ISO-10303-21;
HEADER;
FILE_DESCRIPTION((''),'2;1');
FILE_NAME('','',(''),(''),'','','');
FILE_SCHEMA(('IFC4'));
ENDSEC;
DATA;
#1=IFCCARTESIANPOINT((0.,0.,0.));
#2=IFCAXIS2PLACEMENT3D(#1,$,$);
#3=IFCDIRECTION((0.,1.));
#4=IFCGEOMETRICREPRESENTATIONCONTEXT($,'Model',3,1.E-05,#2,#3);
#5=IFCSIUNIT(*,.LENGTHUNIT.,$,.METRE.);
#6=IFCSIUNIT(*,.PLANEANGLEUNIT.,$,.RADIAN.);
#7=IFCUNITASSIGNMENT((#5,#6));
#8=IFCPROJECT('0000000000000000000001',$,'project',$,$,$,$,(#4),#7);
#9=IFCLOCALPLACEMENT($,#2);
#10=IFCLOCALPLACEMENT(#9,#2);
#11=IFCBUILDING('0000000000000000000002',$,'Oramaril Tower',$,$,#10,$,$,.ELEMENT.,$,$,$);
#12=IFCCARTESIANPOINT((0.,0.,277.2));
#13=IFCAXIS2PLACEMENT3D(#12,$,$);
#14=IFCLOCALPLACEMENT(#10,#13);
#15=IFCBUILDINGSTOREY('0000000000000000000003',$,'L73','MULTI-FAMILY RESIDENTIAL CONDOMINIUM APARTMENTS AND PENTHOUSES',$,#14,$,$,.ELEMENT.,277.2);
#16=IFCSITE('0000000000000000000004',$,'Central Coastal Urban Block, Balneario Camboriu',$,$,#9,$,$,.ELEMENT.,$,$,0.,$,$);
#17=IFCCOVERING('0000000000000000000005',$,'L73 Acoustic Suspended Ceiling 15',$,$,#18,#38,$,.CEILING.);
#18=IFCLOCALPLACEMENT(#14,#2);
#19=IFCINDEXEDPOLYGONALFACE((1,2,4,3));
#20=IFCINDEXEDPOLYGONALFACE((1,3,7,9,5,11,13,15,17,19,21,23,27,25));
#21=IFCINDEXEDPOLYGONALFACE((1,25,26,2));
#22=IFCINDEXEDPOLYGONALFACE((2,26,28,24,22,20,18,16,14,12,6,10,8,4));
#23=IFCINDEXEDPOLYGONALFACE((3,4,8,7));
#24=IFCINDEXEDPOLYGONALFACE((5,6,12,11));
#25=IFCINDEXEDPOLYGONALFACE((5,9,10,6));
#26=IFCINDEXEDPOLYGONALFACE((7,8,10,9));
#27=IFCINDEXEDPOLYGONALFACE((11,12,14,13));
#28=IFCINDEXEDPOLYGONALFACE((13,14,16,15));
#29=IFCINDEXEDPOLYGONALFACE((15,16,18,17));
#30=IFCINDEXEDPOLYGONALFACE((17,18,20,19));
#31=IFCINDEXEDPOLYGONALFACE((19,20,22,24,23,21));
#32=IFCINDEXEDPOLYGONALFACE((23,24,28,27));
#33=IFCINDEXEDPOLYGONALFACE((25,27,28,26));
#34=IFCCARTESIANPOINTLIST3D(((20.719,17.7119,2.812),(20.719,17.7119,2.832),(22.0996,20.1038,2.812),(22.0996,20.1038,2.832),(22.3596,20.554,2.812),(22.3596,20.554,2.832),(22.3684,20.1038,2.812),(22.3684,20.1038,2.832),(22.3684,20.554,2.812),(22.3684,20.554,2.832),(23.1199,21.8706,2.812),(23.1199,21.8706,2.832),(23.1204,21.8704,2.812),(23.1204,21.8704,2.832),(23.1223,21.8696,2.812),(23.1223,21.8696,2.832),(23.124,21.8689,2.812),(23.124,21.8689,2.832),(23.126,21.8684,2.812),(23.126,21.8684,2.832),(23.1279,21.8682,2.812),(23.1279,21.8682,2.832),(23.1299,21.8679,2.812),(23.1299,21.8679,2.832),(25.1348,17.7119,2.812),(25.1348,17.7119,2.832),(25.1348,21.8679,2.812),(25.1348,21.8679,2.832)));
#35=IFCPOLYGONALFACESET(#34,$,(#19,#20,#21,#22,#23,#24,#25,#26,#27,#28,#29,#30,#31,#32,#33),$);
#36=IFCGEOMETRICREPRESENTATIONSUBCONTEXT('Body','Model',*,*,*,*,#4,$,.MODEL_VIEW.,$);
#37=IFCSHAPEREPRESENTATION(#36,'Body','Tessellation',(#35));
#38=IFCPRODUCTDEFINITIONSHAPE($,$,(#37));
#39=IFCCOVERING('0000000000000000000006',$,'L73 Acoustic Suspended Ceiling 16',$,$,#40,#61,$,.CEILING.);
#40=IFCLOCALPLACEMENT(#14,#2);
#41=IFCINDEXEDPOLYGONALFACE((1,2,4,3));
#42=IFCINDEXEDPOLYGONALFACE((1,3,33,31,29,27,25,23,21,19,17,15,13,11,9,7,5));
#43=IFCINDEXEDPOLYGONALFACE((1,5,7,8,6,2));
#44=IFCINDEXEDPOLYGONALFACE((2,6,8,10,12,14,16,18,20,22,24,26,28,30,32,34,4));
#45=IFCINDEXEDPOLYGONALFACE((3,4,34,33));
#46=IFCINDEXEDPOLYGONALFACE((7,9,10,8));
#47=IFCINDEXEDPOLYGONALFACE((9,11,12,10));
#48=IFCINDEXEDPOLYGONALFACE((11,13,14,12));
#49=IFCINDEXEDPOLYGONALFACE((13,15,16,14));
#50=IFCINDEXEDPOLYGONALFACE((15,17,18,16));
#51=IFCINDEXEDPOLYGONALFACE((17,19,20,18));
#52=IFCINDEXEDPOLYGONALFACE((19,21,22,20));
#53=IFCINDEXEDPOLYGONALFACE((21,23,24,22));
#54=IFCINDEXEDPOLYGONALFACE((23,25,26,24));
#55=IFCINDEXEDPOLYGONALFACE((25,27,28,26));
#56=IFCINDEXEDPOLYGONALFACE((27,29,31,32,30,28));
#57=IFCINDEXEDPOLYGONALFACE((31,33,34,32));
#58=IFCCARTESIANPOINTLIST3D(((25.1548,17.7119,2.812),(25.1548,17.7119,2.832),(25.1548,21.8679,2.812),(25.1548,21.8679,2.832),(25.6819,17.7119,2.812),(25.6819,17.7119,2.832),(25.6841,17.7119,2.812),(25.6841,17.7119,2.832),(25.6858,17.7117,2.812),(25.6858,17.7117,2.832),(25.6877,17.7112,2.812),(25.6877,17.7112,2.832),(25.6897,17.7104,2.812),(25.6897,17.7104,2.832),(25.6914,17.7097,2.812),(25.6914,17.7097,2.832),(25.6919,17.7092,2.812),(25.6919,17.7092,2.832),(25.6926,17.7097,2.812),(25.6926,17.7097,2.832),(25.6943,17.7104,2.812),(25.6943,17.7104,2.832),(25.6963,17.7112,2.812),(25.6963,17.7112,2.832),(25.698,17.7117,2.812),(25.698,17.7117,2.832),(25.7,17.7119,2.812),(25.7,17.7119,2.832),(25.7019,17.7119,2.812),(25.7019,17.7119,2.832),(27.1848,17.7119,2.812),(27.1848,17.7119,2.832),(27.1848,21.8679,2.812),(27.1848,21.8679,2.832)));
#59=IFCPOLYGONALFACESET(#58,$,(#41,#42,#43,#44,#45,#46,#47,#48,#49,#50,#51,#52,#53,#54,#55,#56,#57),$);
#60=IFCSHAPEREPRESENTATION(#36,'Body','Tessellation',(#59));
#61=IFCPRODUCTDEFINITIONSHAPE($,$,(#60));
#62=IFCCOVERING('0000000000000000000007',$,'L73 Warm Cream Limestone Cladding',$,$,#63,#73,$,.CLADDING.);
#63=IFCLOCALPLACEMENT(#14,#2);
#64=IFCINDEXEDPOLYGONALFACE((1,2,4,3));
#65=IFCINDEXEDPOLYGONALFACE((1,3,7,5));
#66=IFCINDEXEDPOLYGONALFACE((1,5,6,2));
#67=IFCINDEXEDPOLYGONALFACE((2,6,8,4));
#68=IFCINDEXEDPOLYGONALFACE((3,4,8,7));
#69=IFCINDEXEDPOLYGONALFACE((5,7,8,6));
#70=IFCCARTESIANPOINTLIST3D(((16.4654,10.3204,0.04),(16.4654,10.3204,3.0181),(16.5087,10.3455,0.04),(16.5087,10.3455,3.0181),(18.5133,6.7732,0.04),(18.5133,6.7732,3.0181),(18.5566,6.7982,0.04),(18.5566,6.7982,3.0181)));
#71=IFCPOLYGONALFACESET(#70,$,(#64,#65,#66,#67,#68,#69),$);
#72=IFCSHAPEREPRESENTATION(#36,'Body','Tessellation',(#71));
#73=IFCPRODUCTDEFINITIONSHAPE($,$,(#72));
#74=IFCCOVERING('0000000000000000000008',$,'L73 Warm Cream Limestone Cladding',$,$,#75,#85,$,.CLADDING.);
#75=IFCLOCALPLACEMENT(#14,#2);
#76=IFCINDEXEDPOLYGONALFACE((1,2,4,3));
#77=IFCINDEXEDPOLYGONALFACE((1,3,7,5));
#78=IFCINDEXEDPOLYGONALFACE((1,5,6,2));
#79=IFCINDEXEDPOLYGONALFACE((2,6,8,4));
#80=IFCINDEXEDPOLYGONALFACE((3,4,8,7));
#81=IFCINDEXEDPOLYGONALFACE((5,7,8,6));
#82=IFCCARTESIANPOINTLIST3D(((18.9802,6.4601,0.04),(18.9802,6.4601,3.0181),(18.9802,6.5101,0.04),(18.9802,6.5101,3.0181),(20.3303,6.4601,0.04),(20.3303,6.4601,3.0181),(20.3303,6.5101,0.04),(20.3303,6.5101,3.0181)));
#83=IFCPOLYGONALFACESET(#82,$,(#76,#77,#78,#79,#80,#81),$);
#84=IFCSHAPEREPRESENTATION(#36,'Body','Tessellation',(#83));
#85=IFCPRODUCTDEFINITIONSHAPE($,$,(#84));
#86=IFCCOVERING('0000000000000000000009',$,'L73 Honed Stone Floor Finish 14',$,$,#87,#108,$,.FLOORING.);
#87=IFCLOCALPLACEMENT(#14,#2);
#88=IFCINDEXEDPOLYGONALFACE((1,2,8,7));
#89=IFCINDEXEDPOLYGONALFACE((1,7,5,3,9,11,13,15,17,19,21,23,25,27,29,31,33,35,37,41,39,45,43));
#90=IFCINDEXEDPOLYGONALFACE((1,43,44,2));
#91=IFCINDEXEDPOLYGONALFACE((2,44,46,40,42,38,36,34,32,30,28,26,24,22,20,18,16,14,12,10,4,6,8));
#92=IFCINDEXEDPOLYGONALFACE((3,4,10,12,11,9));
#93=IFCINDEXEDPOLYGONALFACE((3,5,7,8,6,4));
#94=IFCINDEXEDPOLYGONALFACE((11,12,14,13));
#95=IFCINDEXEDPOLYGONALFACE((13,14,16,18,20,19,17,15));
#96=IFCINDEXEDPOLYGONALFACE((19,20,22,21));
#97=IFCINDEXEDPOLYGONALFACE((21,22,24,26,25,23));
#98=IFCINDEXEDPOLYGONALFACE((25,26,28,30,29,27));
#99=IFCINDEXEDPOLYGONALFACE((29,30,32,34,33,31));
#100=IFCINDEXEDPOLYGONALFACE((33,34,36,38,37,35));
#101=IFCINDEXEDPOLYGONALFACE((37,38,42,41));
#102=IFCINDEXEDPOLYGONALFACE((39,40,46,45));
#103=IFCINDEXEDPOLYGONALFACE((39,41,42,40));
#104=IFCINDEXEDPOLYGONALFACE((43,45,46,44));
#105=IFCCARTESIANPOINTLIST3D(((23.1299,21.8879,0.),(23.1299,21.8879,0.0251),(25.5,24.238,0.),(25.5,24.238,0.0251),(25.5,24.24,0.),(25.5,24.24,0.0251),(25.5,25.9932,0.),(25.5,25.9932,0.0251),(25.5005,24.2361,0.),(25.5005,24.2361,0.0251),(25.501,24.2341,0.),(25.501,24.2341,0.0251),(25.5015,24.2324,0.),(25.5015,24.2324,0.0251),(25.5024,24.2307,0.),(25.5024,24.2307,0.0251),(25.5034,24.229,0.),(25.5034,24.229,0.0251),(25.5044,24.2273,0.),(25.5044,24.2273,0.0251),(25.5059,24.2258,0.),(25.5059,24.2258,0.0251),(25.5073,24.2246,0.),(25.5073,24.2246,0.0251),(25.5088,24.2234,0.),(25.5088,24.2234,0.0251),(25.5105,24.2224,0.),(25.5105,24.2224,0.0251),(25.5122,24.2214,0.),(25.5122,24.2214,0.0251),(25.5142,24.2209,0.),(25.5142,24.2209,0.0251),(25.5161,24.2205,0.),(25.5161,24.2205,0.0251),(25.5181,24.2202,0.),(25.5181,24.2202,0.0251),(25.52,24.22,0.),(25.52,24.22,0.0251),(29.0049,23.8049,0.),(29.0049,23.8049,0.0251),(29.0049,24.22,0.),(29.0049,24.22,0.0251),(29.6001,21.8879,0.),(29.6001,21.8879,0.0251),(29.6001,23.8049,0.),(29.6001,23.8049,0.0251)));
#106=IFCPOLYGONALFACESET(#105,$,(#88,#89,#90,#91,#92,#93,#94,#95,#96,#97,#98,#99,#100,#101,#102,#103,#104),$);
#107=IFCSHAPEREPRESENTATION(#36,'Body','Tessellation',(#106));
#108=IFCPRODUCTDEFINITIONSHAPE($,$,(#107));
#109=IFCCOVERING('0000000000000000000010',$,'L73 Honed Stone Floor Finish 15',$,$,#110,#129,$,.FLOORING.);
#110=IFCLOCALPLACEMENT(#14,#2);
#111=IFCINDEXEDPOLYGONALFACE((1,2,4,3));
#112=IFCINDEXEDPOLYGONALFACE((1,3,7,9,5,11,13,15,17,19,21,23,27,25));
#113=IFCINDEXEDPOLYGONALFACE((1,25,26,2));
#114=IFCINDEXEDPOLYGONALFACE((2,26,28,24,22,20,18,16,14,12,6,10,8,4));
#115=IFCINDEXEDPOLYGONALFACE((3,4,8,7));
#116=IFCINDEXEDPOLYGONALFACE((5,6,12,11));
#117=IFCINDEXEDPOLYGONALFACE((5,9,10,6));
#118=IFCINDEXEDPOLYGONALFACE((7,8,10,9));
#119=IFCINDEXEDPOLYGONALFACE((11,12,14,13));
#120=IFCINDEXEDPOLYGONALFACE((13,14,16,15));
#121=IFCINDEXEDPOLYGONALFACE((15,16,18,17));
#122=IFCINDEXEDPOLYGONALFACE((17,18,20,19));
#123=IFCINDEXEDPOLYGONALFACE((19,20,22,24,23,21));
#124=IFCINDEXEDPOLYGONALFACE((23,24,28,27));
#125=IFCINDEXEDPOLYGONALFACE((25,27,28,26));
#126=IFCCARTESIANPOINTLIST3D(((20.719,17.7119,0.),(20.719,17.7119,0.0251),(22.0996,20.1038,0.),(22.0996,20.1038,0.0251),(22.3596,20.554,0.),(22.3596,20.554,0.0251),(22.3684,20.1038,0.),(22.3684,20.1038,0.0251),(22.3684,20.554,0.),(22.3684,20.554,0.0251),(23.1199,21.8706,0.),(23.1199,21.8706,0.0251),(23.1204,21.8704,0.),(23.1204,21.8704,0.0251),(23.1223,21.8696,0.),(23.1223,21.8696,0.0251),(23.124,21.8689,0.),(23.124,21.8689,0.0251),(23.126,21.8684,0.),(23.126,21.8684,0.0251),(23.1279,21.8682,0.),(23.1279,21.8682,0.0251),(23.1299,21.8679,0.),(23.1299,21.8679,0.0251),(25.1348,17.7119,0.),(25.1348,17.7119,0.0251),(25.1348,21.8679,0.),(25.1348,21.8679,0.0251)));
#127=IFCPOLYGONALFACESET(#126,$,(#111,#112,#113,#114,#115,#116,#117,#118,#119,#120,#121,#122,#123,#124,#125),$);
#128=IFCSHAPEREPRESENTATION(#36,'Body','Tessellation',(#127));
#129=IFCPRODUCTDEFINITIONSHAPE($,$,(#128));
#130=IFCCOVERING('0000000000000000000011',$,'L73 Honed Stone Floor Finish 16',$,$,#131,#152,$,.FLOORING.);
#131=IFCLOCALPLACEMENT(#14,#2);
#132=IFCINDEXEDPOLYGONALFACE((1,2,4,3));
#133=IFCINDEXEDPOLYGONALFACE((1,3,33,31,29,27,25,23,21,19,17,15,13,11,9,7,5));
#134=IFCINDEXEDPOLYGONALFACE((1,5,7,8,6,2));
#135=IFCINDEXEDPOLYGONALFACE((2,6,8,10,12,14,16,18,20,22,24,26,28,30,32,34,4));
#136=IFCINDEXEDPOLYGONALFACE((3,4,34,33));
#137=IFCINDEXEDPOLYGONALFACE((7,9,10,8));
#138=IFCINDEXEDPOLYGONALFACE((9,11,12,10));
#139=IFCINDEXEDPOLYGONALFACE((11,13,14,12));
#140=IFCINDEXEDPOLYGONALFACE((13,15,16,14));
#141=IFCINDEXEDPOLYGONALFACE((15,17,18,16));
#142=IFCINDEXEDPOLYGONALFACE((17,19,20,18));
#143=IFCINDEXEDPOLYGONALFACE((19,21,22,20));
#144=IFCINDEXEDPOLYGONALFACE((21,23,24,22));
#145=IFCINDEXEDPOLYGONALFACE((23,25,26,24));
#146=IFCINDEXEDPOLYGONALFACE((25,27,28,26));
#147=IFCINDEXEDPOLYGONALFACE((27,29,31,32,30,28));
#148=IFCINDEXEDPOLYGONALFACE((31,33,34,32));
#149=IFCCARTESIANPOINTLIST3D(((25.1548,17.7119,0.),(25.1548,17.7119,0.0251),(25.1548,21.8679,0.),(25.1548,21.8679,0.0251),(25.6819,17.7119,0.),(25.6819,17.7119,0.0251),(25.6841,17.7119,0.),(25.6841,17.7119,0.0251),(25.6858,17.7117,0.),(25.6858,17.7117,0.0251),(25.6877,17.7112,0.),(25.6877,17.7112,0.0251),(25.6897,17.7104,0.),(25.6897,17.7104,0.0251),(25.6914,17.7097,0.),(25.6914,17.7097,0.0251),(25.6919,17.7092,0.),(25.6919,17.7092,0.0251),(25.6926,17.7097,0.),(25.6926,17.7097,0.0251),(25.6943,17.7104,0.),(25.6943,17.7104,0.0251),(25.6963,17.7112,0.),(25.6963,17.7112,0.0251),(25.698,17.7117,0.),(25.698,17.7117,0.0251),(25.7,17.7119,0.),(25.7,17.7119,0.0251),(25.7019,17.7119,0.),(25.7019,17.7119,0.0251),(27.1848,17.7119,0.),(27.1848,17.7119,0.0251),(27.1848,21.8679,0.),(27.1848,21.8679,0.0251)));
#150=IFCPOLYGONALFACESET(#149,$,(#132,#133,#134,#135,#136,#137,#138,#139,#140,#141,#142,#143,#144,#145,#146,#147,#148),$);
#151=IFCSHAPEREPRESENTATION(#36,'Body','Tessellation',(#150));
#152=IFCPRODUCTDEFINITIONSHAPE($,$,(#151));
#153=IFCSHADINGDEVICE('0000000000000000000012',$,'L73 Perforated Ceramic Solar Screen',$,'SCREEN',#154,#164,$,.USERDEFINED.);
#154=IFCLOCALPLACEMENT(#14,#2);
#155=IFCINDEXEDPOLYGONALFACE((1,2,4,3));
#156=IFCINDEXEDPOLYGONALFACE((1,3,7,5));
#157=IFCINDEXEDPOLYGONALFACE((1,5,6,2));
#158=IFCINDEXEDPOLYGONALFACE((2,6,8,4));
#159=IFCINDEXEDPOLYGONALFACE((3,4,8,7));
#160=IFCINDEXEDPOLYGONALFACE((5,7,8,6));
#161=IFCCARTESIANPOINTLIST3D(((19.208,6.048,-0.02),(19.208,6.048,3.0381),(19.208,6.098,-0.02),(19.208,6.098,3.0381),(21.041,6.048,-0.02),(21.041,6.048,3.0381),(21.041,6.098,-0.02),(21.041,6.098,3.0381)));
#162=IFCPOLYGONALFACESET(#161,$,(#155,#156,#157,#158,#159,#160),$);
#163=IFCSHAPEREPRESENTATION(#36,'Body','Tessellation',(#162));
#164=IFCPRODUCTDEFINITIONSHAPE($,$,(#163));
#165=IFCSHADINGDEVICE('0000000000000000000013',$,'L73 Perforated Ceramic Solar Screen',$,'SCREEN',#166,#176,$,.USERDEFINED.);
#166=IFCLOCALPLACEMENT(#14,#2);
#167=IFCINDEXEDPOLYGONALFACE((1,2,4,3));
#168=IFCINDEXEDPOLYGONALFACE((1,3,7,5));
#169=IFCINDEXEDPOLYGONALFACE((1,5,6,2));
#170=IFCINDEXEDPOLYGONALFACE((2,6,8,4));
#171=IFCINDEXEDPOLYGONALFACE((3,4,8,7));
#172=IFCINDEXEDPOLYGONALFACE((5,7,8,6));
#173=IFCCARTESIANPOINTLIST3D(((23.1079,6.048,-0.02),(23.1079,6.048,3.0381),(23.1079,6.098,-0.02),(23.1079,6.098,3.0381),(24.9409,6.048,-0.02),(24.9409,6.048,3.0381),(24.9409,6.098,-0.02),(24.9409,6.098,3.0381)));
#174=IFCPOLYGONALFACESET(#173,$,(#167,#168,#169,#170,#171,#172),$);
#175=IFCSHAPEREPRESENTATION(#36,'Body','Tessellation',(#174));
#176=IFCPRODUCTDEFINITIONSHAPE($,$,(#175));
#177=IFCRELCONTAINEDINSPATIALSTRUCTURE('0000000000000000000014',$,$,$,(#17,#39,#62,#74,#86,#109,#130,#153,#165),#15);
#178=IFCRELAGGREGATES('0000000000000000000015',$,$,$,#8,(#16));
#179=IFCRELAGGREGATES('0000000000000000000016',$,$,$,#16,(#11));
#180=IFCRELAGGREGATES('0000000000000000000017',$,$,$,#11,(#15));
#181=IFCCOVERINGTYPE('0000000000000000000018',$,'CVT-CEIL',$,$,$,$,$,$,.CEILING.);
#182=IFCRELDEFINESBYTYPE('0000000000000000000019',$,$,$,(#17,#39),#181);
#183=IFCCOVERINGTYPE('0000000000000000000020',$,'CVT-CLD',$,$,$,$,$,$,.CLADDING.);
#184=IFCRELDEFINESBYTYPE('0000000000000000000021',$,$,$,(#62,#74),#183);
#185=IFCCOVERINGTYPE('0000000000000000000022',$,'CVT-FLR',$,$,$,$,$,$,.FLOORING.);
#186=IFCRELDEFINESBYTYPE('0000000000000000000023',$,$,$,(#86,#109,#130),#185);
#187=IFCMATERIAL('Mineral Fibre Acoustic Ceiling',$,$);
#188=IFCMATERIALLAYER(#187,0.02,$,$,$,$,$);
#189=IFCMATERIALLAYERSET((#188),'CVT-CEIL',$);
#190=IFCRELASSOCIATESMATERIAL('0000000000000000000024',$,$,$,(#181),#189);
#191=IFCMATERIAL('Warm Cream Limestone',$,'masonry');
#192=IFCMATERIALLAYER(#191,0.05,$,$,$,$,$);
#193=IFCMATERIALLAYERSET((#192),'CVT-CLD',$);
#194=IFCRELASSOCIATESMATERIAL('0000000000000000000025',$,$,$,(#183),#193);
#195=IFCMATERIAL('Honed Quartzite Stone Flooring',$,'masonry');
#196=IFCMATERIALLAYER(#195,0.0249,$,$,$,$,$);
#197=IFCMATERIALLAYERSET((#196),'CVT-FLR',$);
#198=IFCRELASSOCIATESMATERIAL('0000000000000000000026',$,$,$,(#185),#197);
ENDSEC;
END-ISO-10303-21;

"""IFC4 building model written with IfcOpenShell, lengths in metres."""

from ifc_helpers import new_model, si_unit, direction, frame, origin, origin_2d, place, context, subcontext, project, spatial, polyline, rectangle, outline, extrude, material, layer, layer_set, type_object, element, save


model = new_model("IFC4")

# Units and contexts
model_context = context("Model", 3, precision=1e-05, world=origin(), true_north=direction((0.0, 1.0)))
body_context = subcontext(model_context, "Body", "Model", "MODEL_VIEW")
ifc_project = project(units=[si_unit("LENGTHUNIT", "METRE"), si_unit("PLANEANGLEUNIT", "RADIAN")], contexts=[model_context])

# Site, building, storey
site_placement = place(None, origin())
site = spatial("IfcSite", under=ifc_project, at=site_placement, Name="Central Coastal Urban Block, Balneario Camboriu", CompositionType="ELEMENT", RefElevation=0.0)
building_placement = place(site_placement, origin())
building = spatial("IfcBuilding", under=site, at=building_placement, Name="Oramaril Tower", CompositionType="ELEMENT")
storey_placement = place(building_placement, frame((0.0, 0.0, 277.2)))
storey = spatial("IfcBuildingStorey", under=building, at=storey_placement, Name="L73", Description="MULTI-FAMILY RESIDENTIAL CONDOMINIUM APARTMENTS AND PENTHOUSES", CompositionType="ELEMENT", Elevation=277.2)

# Coverings
ifc_material_1 = material(Name="Mineral Fibre Acoustic Ceiling")
ifc_layer_1 = layer(ifc_material_1, 0.02)
ifc_layer_set_1 = layer_set([ifc_layer_1], Name="CVT-CEIL")
covering_type_1 = type_object("IfcCoveringType", Name="CVT-CEIL", PredefinedType="CEILING", material=ifc_layer_set_1)
covering_1_placement = place(storey_placement, frame((0.0, 0.0, 2.812)))
element("IfcCovering", 1, at=covering_1_placement, inside=storey, type_object=covering_type_1, Name="L73 Acoustic Suspended Ceiling 15", PredefinedType="CEILING", context=body_context, shape_type="SweptSolid", body=[
    extrude(outline(polyline([(22.3684, 20.1038), (22.3684, 20.554), (22.3596, 20.554), (23.1199, 21.8706), (23.1204, 21.8704), (23.1223, 21.8696), (23.124, 21.8689), (23.126, 21.8684), (23.1279, 21.8682), (23.1299, 21.8679), (25.1348, 21.8679), (25.1348, 17.7119), (20.719, 17.7119), (22.0996, 20.1038), (22.3684, 20.1038)])), origin(), (0.0, 0.0, 1.0), 0.02),
])
covering_2_placement = place(storey_placement, frame((0.0, 0.0, 2.812)))
element("IfcCovering", 2, at=covering_2_placement, inside=storey, type_object=covering_type_1, Name="L73 Acoustic Suspended Ceiling 16", PredefinedType="CEILING", context=body_context, shape_type="SweptSolid", body=[
    extrude(outline(polyline([(27.1848, 17.7119), (25.7019, 17.7119), (25.7, 17.7119), (25.698, 17.7117), (25.6963, 17.7112), (25.6943, 17.7104), (25.6926, 17.7097), (25.6919, 17.7092), (25.6914, 17.7097), (25.6897, 17.7104), (25.6877, 17.7112), (25.6858, 17.7117), (25.6841, 17.7119), (25.6819, 17.7119), (25.1548, 17.7119), (25.1548, 21.8679), (27.1848, 21.8679), (27.1848, 17.7119)])), origin(), (0.0, 0.0, 1.0), 0.02),
])
ifc_material_2 = material(Name="Warm Cream Limestone", Category="masonry")
ifc_layer_2 = layer(ifc_material_2, 0.05)
ifc_layer_set_2 = layer_set([ifc_layer_2], Name="CVT-CLD")
covering_type_2 = type_object("IfcCoveringType", Name="CVT-CLD", PredefinedType="CLADDING", material=ifc_layer_set_2)
covering_3_placement = place(storey_placement, frame((17.511, 8.5593, 0.04), z_axis=(0.0, 0.0, 1.0), x_axis=(0.499979, -0.866038, 0.0)))
element("IfcCovering", 3, at=covering_3_placement, inside=storey, type_object=covering_type_2, Name="L73 Warm Cream Limestone Cladding", PredefinedType="CLADDING", context=body_context, shape_type="SweptSolid", body=[
    extrude(rectangle(XDim=4.0959, YDim=0.05, at=origin_2d()), origin(), (0.0, 0.0, 1.0), 2.978),
])
covering_4_placement = place(storey_placement, frame((19.6553, 6.4851, 0.04), z_axis=(0.0, 0.0, 1.0), x_axis=(1.0, 0.0, 0.0)))
element("IfcCovering", 4, at=covering_4_placement, inside=storey, type_object=covering_type_2, Name="L73 Warm Cream Limestone Cladding", PredefinedType="CLADDING", context=body_context, shape_type="SweptSolid", body=[
    extrude(rectangle(XDim=1.3501, YDim=0.05, at=origin_2d()), origin(), (0.0, 0.0, 1.0), 2.978),
])
ifc_material_3 = material(Name="Honed Quartzite Stone Flooring", Category="masonry")
ifc_layer_3 = layer(ifc_material_3, 0.0249)
ifc_layer_set_3 = layer_set([ifc_layer_3], Name="CVT-FLR")
covering_type_3 = type_object("IfcCoveringType", Name="CVT-FLR", PredefinedType="FLOORING", material=ifc_layer_set_3)
covering_5_placement = place(storey_placement, origin())
element("IfcCovering", 5, at=covering_5_placement, inside=storey, type_object=covering_type_3, Name="L73 Honed Stone Floor Finish 14", PredefinedType="FLOORING", context=body_context, shape_type="SweptSolid", body=[
    extrude(outline(polyline([(29.0049, 23.8049), (29.6001, 23.8049), (29.6001, 21.8879), (23.1299, 21.8879), (25.5, 25.9932), (25.5, 24.24), (25.5, 24.238), (25.5005, 24.2361), (25.501, 24.2341), (25.5015, 24.2324), (25.5024, 24.2307), (25.5034, 24.229), (25.5044, 24.2273), (25.5059, 24.2258), (25.5073, 24.2246), (25.5088, 24.2234), (25.5105, 24.2224), (25.5122, 24.2214), (25.5142, 24.2209), (25.5161, 24.2205), (25.5181, 24.2202), (25.52, 24.22), (29.0049, 24.22), (29.0049, 23.8049)])), origin(), (0.0, 0.0, 1.0), 0.0251),
])
covering_6_placement = place(storey_placement, origin())
element("IfcCovering", 6, at=covering_6_placement, inside=storey, type_object=covering_type_3, Name="L73 Honed Stone Floor Finish 15", PredefinedType="FLOORING", context=body_context, shape_type="SweptSolid", body=[
    extrude(outline(polyline([(22.3684, 20.1038), (22.3684, 20.554), (22.3596, 20.554), (23.1199, 21.8706), (23.1204, 21.8704), (23.1223, 21.8696), (23.124, 21.8689), (23.126, 21.8684), (23.1279, 21.8682), (23.1299, 21.8679), (25.1348, 21.8679), (25.1348, 17.7119), (20.719, 17.7119), (22.0996, 20.1038), (22.3684, 20.1038)])), origin(), (0.0, 0.0, 1.0), 0.0251),
])
covering_7_placement = place(storey_placement, origin())
element("IfcCovering", 7, at=covering_7_placement, inside=storey, type_object=covering_type_3, Name="L73 Honed Stone Floor Finish 16", PredefinedType="FLOORING", context=body_context, shape_type="SweptSolid", body=[
    extrude(outline(polyline([(27.1848, 17.7119), (25.7019, 17.7119), (25.7, 17.7119), (25.698, 17.7117), (25.6963, 17.7112), (25.6943, 17.7104), (25.6926, 17.7097), (25.6919, 17.7092), (25.6914, 17.7097), (25.6897, 17.7104), (25.6877, 17.7112), (25.6858, 17.7117), (25.6841, 17.7119), (25.6819, 17.7119), (25.1548, 17.7119), (25.1548, 21.8679), (27.1848, 21.8679), (27.1848, 17.7119)])), origin(), (0.0, 0.0, 1.0), 0.0251),
])

# Shading devices
for number, where, z_axis, x_axis, name in (
    (8, (20.1245, 6.073, -0.02), (0.0, 0.0, 1.0), (1.0, 0.0, 0.0), "L73 Perforated Ceramic Solar Screen"),
    (9, (24.0244, 6.073, -0.02), (0.0, 0.0, 1.0), (1.0, 0.0, 0.0), "L73 Perforated Ceramic Solar Screen"),
):
    element("IfcShadingDevice", number, at=place(storey_placement, frame(where, z_axis=z_axis, x_axis=x_axis)), inside=storey, Name=name, ObjectType="SCREEN", PredefinedType="USERDEFINED", context=body_context, shape_type="SweptSolid", body=[
        extrude(rectangle(XDim=1.833, YDim=0.05, at=origin_2d()), origin(), (0.0, 0.0, 1.0), 3.0581),
    ])

save(model, "model.ifc")
